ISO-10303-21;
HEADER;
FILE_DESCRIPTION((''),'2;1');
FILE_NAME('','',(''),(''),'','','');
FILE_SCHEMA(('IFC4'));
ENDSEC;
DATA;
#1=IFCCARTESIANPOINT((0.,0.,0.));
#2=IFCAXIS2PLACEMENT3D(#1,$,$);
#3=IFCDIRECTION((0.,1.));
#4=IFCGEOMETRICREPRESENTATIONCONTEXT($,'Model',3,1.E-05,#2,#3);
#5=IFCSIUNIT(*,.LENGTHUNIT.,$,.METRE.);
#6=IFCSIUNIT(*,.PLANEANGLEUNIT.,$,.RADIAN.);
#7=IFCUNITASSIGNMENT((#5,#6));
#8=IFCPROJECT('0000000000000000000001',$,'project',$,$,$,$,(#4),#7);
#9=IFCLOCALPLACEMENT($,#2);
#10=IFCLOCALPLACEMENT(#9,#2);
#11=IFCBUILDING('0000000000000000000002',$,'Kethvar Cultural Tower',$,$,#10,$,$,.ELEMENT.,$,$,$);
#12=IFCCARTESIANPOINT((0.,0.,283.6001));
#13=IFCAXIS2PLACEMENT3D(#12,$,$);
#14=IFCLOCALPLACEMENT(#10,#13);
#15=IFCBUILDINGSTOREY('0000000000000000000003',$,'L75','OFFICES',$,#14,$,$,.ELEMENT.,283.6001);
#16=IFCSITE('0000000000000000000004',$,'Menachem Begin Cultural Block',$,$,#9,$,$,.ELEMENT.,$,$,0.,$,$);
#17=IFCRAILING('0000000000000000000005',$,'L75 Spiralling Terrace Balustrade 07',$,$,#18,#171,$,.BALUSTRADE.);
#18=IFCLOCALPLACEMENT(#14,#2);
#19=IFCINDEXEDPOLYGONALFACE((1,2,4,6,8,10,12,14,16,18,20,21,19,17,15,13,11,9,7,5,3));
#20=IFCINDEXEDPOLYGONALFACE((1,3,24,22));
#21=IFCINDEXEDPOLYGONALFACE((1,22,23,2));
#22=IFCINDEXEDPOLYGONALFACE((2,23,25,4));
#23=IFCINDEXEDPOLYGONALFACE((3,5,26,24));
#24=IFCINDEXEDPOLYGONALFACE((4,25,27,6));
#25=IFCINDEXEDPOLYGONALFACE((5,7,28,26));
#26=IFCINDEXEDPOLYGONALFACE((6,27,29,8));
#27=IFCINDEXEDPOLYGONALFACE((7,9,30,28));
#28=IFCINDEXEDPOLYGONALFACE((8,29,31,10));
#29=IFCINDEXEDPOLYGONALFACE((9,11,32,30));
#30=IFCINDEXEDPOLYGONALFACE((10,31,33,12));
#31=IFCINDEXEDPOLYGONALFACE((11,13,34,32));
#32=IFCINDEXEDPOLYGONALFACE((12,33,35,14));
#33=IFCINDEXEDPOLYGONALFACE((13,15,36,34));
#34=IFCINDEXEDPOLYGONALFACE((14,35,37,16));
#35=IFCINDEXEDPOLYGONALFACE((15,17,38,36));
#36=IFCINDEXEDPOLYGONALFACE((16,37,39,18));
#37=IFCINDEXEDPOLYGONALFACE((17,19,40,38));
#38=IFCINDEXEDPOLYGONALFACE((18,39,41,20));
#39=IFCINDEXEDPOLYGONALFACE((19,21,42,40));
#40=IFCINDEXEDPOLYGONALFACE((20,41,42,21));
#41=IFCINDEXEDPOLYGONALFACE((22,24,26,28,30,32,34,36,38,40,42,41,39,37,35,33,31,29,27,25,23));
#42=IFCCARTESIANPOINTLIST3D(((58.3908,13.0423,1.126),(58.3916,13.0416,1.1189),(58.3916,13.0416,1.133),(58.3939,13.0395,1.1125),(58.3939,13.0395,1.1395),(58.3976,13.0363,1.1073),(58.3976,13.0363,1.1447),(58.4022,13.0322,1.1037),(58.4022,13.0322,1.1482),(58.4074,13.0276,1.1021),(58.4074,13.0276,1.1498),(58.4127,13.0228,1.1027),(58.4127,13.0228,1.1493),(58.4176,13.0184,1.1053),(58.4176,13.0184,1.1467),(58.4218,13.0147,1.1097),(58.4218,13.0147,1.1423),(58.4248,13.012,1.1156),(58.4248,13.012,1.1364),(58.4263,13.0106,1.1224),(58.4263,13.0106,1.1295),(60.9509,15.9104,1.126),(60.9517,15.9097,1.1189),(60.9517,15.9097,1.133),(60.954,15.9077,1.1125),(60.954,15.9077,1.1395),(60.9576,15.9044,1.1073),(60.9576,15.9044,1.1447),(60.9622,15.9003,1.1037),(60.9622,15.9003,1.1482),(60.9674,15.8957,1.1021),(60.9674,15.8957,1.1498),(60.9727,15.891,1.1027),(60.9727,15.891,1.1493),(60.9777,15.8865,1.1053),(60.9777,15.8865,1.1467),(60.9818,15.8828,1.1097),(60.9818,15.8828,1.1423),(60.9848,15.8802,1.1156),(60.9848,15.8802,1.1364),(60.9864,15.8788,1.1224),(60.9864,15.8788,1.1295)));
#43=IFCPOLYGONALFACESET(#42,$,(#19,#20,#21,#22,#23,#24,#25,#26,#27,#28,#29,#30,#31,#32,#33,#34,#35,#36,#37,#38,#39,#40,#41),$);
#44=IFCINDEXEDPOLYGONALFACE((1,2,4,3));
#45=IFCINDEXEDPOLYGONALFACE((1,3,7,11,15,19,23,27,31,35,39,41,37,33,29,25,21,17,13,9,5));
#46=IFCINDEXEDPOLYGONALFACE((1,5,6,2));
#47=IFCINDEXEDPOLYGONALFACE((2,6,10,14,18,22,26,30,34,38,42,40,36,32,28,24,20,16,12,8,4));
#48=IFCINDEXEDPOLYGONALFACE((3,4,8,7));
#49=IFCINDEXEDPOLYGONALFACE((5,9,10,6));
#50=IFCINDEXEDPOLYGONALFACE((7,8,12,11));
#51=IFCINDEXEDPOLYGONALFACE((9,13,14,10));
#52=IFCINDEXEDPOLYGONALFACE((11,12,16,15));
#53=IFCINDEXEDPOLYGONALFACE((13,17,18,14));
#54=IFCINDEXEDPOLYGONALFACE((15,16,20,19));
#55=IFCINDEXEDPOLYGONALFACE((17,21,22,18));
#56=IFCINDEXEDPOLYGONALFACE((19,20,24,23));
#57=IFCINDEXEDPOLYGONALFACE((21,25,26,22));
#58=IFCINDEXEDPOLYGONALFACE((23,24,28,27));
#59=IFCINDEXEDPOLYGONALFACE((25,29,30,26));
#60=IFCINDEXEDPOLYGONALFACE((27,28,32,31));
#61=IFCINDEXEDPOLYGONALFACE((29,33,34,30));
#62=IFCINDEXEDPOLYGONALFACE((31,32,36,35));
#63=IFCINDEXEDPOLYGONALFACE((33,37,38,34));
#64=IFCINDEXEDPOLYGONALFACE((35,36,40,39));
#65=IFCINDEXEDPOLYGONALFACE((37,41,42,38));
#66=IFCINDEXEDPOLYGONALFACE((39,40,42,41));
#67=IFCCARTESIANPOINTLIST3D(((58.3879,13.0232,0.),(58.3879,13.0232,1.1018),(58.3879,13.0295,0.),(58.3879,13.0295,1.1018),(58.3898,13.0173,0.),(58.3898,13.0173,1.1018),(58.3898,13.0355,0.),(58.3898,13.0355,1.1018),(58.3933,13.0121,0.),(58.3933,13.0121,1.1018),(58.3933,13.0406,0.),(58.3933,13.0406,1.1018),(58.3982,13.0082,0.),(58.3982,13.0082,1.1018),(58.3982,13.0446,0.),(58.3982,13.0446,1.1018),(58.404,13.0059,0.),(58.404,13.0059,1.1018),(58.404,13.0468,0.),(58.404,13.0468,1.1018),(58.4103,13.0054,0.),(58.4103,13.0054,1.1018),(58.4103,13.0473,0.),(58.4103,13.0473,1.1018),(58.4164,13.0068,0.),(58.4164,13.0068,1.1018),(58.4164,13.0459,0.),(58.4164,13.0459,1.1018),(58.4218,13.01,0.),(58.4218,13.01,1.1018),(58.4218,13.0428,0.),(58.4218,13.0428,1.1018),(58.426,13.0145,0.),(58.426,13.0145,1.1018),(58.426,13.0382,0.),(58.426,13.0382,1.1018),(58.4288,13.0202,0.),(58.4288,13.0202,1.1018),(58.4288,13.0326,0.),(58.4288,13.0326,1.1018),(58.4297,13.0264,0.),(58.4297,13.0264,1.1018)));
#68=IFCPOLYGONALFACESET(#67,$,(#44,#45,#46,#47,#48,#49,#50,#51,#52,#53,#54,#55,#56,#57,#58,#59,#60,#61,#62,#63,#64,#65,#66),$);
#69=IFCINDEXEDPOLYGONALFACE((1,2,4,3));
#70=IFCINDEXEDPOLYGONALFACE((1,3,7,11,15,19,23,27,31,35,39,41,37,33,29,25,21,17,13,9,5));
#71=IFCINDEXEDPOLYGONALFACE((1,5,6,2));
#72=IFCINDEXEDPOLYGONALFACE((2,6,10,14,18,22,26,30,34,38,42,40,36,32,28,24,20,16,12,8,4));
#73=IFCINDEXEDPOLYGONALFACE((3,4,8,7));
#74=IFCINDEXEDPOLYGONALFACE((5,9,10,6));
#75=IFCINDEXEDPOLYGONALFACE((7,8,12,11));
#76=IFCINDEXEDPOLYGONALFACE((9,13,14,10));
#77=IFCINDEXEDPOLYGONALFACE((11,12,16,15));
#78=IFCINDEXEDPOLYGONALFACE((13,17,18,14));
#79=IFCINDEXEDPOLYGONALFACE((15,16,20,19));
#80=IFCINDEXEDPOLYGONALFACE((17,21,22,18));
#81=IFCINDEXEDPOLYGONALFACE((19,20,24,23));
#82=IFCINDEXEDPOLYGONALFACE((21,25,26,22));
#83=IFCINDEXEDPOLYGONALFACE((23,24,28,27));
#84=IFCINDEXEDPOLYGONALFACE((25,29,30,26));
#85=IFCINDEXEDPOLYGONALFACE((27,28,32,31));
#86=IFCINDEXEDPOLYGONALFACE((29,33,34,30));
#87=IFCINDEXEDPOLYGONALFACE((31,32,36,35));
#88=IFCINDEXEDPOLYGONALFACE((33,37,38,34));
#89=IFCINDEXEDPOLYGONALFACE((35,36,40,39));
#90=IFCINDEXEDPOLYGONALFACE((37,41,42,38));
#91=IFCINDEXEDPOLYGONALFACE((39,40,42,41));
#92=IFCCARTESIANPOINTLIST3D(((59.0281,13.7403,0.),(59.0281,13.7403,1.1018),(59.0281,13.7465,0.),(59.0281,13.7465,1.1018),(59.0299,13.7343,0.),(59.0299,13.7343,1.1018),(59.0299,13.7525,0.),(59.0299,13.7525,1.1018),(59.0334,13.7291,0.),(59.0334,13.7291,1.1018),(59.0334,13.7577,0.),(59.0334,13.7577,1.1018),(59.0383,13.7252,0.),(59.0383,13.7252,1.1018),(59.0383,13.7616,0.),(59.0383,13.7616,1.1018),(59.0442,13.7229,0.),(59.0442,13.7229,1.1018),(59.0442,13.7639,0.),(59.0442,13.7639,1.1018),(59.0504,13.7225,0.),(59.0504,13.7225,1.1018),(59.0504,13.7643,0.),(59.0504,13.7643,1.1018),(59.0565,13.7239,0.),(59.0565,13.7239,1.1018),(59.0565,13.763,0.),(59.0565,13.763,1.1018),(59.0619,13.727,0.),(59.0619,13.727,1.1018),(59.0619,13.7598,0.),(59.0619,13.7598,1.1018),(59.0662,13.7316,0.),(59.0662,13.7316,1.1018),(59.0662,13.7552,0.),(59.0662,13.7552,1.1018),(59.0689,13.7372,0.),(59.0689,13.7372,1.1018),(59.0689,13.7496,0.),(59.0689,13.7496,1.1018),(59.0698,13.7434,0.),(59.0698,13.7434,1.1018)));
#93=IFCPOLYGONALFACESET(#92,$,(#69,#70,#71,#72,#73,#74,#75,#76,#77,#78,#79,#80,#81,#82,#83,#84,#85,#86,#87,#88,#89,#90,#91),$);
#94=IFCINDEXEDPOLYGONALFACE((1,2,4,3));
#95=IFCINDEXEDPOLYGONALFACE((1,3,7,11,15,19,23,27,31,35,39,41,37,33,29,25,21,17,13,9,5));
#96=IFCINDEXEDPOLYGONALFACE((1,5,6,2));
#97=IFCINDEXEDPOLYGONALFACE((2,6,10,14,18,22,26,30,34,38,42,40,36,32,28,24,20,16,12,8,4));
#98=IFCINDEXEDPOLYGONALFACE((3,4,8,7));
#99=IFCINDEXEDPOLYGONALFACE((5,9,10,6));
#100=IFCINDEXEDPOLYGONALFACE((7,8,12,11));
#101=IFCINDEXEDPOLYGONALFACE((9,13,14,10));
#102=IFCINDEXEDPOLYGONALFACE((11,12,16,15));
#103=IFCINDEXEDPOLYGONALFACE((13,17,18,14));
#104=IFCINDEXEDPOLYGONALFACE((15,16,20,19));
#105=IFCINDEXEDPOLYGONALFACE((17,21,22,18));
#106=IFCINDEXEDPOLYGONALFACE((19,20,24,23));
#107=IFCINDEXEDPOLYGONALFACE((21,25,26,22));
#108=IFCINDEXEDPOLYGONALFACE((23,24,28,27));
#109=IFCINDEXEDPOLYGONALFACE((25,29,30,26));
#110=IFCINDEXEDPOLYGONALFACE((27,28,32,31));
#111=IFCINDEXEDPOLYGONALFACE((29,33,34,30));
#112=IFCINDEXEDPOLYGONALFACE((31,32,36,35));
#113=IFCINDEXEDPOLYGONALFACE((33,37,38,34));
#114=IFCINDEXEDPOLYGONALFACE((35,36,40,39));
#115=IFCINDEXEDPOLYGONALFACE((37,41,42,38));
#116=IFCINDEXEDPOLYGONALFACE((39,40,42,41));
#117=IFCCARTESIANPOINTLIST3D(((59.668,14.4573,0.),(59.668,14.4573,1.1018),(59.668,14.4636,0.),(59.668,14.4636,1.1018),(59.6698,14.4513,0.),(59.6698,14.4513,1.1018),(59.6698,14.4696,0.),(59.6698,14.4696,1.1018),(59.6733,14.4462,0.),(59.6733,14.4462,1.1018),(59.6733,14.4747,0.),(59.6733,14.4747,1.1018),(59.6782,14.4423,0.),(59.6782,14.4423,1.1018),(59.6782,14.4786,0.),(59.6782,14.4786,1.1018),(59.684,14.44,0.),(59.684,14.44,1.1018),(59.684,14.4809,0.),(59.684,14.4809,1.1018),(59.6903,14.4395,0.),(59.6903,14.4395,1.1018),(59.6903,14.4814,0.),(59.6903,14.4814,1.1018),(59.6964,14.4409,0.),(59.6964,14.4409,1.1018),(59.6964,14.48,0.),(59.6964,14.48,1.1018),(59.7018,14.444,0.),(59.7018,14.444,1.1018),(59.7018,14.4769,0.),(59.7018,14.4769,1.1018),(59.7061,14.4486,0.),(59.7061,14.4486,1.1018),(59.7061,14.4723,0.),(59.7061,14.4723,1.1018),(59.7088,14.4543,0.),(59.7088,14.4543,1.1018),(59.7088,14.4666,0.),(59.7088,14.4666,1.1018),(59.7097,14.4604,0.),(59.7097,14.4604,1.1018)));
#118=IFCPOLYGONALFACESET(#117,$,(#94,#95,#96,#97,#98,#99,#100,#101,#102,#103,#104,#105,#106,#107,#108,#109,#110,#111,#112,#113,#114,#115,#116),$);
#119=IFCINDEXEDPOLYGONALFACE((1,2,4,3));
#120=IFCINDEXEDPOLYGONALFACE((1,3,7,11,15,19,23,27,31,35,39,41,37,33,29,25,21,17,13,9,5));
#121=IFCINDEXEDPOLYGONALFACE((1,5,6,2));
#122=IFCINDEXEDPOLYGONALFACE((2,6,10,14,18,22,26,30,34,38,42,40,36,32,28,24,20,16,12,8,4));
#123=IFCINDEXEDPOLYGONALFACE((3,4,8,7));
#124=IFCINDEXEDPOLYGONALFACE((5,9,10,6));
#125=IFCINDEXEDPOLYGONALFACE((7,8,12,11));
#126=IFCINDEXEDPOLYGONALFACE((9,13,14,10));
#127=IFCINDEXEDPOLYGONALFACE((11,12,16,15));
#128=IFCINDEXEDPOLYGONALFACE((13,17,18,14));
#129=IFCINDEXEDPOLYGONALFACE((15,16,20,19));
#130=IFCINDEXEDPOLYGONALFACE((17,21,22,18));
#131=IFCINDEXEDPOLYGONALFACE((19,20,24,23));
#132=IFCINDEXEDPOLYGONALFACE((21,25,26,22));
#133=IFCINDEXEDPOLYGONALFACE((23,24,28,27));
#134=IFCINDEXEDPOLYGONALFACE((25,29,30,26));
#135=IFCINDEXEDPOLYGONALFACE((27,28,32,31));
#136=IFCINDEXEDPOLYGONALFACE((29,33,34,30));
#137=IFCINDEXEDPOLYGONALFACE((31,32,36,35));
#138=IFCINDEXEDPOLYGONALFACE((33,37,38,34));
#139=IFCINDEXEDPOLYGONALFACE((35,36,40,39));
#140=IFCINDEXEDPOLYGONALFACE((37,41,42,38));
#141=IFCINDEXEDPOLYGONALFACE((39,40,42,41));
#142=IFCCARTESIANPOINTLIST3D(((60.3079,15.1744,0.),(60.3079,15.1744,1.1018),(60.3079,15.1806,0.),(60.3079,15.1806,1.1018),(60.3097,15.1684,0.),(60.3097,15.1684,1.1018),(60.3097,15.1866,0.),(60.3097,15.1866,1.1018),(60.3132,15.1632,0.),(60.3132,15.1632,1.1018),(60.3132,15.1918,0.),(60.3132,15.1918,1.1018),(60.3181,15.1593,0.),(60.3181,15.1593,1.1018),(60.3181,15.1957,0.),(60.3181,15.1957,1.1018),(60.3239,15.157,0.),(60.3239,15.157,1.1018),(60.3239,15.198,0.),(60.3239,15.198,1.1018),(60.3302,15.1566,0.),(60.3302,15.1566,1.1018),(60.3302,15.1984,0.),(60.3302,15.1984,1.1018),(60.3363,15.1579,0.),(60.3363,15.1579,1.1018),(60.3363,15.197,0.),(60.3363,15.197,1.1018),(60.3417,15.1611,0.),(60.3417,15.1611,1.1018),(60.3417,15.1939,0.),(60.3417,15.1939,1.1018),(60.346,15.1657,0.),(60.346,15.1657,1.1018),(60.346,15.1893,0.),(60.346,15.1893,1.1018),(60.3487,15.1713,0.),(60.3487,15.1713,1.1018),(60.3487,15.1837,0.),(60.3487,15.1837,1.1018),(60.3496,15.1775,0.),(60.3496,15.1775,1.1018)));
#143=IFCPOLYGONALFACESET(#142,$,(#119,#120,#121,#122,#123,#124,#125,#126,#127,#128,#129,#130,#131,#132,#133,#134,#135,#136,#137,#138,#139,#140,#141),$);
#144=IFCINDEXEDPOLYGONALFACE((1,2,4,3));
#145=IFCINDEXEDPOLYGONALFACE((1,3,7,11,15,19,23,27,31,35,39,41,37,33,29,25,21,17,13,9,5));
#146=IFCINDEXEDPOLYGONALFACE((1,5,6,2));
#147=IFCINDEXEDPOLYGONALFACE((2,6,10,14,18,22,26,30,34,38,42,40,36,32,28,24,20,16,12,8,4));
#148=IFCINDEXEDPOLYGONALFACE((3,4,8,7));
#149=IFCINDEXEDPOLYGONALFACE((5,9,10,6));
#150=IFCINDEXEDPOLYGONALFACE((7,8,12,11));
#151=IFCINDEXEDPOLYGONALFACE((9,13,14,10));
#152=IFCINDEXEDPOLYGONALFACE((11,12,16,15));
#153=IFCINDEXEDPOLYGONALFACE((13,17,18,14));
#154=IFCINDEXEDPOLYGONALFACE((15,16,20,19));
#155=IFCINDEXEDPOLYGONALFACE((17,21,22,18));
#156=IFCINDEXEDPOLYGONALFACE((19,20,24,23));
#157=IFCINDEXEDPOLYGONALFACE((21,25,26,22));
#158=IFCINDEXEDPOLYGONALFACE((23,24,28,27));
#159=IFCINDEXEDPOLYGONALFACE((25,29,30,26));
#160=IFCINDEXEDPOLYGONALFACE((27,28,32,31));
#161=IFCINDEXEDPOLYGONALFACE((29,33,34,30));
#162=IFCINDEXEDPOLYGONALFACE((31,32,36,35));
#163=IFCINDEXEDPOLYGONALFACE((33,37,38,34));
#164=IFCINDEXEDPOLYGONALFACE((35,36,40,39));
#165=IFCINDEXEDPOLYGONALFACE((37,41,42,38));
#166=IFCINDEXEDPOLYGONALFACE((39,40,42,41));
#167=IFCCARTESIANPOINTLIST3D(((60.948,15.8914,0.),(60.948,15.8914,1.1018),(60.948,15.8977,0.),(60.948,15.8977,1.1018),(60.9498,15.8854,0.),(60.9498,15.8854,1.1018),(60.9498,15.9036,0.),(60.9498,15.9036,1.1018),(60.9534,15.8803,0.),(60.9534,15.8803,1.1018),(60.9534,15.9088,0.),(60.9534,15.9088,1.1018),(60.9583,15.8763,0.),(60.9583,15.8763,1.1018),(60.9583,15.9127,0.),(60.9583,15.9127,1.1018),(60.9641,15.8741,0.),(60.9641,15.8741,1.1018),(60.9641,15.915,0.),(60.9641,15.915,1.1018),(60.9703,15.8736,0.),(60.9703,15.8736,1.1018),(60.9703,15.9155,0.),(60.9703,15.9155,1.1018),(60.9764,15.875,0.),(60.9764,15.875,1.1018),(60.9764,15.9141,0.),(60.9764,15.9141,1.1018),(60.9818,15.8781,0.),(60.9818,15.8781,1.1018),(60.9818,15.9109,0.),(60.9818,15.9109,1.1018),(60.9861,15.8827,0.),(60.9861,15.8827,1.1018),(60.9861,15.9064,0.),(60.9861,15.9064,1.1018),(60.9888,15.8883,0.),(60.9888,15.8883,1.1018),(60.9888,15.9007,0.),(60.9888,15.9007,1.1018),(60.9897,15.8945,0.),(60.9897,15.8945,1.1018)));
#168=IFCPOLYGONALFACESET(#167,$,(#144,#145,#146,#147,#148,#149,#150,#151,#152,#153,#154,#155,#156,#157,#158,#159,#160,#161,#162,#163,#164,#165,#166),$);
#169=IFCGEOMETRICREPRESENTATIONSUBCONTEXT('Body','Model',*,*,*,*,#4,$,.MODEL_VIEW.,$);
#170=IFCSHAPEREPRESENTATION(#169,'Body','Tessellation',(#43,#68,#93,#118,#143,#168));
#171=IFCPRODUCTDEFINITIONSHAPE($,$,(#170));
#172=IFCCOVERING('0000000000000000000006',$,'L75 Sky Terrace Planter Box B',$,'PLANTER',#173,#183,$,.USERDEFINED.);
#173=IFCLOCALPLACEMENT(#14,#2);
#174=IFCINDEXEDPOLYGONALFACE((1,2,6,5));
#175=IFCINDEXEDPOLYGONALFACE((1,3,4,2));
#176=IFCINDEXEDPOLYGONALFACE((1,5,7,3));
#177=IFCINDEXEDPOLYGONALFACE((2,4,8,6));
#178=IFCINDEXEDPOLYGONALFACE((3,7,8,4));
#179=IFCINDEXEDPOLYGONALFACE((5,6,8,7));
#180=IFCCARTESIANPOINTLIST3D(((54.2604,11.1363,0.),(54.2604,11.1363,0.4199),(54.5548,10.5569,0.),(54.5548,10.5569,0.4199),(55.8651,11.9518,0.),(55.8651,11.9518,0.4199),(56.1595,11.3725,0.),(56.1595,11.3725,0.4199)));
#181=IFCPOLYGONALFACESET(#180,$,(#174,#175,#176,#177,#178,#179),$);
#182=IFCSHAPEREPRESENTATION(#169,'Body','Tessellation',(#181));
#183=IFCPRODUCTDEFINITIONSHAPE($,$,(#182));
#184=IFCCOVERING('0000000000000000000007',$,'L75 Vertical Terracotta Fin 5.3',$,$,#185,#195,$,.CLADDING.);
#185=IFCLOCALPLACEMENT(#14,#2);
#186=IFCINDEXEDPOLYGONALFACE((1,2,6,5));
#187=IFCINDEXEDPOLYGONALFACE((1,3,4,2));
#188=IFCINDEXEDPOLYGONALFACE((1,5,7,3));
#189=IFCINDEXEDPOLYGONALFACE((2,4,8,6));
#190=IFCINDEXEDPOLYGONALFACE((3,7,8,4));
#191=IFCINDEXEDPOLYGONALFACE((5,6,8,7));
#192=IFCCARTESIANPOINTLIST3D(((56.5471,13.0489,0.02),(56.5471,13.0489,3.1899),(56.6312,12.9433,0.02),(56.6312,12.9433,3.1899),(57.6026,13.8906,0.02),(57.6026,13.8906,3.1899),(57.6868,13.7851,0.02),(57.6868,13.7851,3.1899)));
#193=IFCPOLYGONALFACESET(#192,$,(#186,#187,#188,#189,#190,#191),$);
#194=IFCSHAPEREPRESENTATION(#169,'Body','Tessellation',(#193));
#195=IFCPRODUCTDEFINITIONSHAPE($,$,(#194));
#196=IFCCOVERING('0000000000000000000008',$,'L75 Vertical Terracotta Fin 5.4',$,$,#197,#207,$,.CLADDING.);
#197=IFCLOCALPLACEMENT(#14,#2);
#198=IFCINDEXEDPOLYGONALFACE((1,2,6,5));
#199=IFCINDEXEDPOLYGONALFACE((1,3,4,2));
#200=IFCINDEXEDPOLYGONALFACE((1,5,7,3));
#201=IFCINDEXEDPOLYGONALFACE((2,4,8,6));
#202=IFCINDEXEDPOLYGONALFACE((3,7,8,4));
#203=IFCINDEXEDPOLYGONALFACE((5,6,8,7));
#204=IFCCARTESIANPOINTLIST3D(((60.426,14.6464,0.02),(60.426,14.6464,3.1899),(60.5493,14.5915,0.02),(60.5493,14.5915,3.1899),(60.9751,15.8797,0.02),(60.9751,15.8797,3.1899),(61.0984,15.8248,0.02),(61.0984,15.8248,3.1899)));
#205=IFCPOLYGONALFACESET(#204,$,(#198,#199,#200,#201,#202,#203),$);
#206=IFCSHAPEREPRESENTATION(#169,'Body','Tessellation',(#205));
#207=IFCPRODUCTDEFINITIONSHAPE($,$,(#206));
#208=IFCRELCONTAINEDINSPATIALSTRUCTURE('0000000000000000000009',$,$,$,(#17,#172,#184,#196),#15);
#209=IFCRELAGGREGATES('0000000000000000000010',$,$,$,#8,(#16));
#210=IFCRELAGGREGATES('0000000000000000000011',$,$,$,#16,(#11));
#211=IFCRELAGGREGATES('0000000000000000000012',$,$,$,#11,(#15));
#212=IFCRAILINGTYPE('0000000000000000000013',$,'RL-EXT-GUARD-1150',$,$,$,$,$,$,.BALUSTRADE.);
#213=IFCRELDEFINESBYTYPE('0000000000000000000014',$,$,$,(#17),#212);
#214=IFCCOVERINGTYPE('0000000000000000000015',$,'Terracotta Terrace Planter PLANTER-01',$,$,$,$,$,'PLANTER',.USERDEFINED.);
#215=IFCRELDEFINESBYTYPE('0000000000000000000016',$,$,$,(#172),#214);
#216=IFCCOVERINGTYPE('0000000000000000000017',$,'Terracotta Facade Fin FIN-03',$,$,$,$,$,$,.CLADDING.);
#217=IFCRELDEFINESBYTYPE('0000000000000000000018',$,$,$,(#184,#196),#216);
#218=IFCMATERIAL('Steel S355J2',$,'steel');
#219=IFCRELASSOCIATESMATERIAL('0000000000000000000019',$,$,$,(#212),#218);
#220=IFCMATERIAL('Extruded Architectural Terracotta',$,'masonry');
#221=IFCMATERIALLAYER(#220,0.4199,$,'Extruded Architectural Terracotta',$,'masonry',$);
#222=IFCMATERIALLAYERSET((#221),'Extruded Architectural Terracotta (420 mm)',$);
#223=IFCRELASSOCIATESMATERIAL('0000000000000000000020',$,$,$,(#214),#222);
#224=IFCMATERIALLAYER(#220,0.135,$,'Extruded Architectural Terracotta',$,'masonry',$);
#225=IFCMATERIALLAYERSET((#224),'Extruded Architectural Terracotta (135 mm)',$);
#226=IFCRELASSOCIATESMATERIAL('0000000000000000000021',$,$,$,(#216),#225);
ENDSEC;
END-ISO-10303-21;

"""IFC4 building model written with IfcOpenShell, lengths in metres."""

from ifc_helpers import new_model, si_unit, direction, frame, origin, origin_2d, place, context, subcontext, project, spatial, rectangle, circle, extrude, source, transform, mapped, material, layer, layer_set, type_object, element, save


model = new_model("IFC4")

# Units and contexts
model_context = context("Model", 3, precision=1e-05, world=origin(), true_north=direction((0.0, 1.0)))
body_context = subcontext(model_context, "Body", "Model", "MODEL_VIEW")
ifc_project = project(units=[si_unit("LENGTHUNIT", "METRE"), si_unit("PLANEANGLEUNIT", "RADIAN")], contexts=[model_context])

# Site, building, storey
site_placement = place(None, origin())
site = spatial("IfcSite", under=ifc_project, at=site_placement, Name="Menachem Begin Cultural Block", CompositionType="ELEMENT", RefElevation=0.0)
building_placement = place(site_placement, origin())
building = spatial("IfcBuilding", under=site, at=building_placement, Name="Kethvar Cultural Tower", CompositionType="ELEMENT")
storey_placement = place(building_placement, frame((0.0, 0.0, 283.6001)))
storey = spatial("IfcBuildingStorey", under=building, at=storey_placement, Name="L75", Description="OFFICES", CompositionType="ELEMENT", Elevation=283.6001)

# Shared definitions
ifc_material_1 = material(Name="Steel S355J2", Category="steel")

# Railing
railing_type = type_object("IfcRailingType", Name="RL-EXT-GUARD-1150", PredefinedType="BALUSTRADE", material=ifc_material_1)
railing_1_placement = place(storey_placement, frame((58.4087, 13.0264, 0.0)))
element("IfcRailing", 1, at=railing_1_placement, inside=storey, type_object=railing_type, Name="L75 Spiralling Terrace Balustrade 07", PredefinedType="BALUSTRADE", context=body_context, shape_type="SweptSolid", body=[
    extrude(circle(Radius=0.0239, at=origin_2d()), frame((0.0, 0.0, 1.126), z_axis=(0.6659, 0.746041, 0.0), x_axis=(-0.746041, 0.6659, 0.0)), (0.0, 0.0, 1.0), 3.8445),
    extrude(circle(Radius=0.021, at=origin_2d()), origin(), (0.0, 0.0, 1.0), 1.1018),
    extrude(circle(Radius=0.021, at=origin_2d()), frame((0.6401, 0.717, 0.0)), (0.0, 0.0, 1.0), 1.1018),
    extrude(circle(Radius=0.021, at=origin_2d()), frame((1.28, 1.4341, 0.0)), (0.0, 0.0, 1.0), 1.1018),
    extrude(circle(Radius=0.021, at=origin_2d()), frame((1.9199, 2.1511, 0.0)), (0.0, 0.0, 1.0), 1.1018),
    extrude(circle(Radius=0.021, at=origin_2d()), frame((2.5601, 2.8682, 0.0)), (0.0, 0.0, 1.0), 1.1018),
])

# Coverings
ifc_material_2 = material(Name="Extruded Architectural Terracotta", Category="masonry")
ifc_layer_1 = layer(ifc_material_2, 0.4199, Name="Extruded Architectural Terracotta", Category="masonry")
ifc_layer_set_1 = layer_set([ifc_layer_1], Name="Extruded Architectural Terracotta (420 mm)")
covering_type_1 = type_object("IfcCoveringType", Name="Terracotta Terrace Planter PLANTER-01", ElementType="PLANTER", PredefinedType="USERDEFINED", material=ifc_layer_set_1)
shared_shape_1 = source(origin(), body_context, "Body", "SweptSolid", [
    extrude(rectangle(XDim=1.8, YDim=0.6499, at=origin_2d()), origin(), (0.0, 0.0, 1.0), 0.4199),
])
covering_placement = place(storey_placement, frame((55.21, 11.2544, 0.0), z_axis=(0.0, 0.0, 1.0), x_axis=(0.891481, 0.453057, 0.0)))
element("IfcCovering", 2, at=covering_placement, inside=storey, type_object=covering_type_1, Name="L75 Sky Terrace Planter Box B", ObjectType="PLANTER", PredefinedType="USERDEFINED", context=body_context, shape_type="MappedRepresentation", body=[
    mapped(shared_shape_1, transform((0.0, 0.0, 0.0), scale=1.0)),
])
ifc_layer_2 = layer(ifc_material_2, 0.135, Name="Extruded Architectural Terracotta", Category="masonry")
ifc_layer_set_2 = layer_set([ifc_layer_2], Name="Extruded Architectural Terracotta (135 mm)")
covering_type_2 = type_object("IfcCoveringType", Name="Terracotta Facade Fin FIN-03", PredefinedType="CLADDING", material=ifc_layer_set_2)
shared_shape_2 = source(origin(), body_context, "Body", "SweptSolid", [
    extrude(rectangle(XDim=1.3501, YDim=0.135, at=origin_2d()), origin(), (0.0, 0.0, 1.0), 3.1699),
])
for number, where, z_axis, x_axis, name in (
    (3, (57.1169, 13.417, 0.02), (0.0, 0.0, 1.0), (-0.781847, -0.62347, 0.0), "L75 Vertical Terracotta Fin 5.3"),
    (4, (60.7622, 15.2356, 0.02), (0.0, 0.0, 1.0), (-0.406737, -0.913545, 0.0), "L75 Vertical Terracotta Fin 5.4"),
):
    element("IfcCovering", number, at=place(storey_placement, frame(where, z_axis=z_axis, x_axis=x_axis)), inside=storey, type_object=covering_type_2, Name=name, PredefinedType="CLADDING", context=body_context, shape_type="MappedRepresentation", body=[
        mapped(shared_shape_2, transform((0.0, 0.0, 0.0), scale=1.0)),
    ])

save(model, "model.ifc")
